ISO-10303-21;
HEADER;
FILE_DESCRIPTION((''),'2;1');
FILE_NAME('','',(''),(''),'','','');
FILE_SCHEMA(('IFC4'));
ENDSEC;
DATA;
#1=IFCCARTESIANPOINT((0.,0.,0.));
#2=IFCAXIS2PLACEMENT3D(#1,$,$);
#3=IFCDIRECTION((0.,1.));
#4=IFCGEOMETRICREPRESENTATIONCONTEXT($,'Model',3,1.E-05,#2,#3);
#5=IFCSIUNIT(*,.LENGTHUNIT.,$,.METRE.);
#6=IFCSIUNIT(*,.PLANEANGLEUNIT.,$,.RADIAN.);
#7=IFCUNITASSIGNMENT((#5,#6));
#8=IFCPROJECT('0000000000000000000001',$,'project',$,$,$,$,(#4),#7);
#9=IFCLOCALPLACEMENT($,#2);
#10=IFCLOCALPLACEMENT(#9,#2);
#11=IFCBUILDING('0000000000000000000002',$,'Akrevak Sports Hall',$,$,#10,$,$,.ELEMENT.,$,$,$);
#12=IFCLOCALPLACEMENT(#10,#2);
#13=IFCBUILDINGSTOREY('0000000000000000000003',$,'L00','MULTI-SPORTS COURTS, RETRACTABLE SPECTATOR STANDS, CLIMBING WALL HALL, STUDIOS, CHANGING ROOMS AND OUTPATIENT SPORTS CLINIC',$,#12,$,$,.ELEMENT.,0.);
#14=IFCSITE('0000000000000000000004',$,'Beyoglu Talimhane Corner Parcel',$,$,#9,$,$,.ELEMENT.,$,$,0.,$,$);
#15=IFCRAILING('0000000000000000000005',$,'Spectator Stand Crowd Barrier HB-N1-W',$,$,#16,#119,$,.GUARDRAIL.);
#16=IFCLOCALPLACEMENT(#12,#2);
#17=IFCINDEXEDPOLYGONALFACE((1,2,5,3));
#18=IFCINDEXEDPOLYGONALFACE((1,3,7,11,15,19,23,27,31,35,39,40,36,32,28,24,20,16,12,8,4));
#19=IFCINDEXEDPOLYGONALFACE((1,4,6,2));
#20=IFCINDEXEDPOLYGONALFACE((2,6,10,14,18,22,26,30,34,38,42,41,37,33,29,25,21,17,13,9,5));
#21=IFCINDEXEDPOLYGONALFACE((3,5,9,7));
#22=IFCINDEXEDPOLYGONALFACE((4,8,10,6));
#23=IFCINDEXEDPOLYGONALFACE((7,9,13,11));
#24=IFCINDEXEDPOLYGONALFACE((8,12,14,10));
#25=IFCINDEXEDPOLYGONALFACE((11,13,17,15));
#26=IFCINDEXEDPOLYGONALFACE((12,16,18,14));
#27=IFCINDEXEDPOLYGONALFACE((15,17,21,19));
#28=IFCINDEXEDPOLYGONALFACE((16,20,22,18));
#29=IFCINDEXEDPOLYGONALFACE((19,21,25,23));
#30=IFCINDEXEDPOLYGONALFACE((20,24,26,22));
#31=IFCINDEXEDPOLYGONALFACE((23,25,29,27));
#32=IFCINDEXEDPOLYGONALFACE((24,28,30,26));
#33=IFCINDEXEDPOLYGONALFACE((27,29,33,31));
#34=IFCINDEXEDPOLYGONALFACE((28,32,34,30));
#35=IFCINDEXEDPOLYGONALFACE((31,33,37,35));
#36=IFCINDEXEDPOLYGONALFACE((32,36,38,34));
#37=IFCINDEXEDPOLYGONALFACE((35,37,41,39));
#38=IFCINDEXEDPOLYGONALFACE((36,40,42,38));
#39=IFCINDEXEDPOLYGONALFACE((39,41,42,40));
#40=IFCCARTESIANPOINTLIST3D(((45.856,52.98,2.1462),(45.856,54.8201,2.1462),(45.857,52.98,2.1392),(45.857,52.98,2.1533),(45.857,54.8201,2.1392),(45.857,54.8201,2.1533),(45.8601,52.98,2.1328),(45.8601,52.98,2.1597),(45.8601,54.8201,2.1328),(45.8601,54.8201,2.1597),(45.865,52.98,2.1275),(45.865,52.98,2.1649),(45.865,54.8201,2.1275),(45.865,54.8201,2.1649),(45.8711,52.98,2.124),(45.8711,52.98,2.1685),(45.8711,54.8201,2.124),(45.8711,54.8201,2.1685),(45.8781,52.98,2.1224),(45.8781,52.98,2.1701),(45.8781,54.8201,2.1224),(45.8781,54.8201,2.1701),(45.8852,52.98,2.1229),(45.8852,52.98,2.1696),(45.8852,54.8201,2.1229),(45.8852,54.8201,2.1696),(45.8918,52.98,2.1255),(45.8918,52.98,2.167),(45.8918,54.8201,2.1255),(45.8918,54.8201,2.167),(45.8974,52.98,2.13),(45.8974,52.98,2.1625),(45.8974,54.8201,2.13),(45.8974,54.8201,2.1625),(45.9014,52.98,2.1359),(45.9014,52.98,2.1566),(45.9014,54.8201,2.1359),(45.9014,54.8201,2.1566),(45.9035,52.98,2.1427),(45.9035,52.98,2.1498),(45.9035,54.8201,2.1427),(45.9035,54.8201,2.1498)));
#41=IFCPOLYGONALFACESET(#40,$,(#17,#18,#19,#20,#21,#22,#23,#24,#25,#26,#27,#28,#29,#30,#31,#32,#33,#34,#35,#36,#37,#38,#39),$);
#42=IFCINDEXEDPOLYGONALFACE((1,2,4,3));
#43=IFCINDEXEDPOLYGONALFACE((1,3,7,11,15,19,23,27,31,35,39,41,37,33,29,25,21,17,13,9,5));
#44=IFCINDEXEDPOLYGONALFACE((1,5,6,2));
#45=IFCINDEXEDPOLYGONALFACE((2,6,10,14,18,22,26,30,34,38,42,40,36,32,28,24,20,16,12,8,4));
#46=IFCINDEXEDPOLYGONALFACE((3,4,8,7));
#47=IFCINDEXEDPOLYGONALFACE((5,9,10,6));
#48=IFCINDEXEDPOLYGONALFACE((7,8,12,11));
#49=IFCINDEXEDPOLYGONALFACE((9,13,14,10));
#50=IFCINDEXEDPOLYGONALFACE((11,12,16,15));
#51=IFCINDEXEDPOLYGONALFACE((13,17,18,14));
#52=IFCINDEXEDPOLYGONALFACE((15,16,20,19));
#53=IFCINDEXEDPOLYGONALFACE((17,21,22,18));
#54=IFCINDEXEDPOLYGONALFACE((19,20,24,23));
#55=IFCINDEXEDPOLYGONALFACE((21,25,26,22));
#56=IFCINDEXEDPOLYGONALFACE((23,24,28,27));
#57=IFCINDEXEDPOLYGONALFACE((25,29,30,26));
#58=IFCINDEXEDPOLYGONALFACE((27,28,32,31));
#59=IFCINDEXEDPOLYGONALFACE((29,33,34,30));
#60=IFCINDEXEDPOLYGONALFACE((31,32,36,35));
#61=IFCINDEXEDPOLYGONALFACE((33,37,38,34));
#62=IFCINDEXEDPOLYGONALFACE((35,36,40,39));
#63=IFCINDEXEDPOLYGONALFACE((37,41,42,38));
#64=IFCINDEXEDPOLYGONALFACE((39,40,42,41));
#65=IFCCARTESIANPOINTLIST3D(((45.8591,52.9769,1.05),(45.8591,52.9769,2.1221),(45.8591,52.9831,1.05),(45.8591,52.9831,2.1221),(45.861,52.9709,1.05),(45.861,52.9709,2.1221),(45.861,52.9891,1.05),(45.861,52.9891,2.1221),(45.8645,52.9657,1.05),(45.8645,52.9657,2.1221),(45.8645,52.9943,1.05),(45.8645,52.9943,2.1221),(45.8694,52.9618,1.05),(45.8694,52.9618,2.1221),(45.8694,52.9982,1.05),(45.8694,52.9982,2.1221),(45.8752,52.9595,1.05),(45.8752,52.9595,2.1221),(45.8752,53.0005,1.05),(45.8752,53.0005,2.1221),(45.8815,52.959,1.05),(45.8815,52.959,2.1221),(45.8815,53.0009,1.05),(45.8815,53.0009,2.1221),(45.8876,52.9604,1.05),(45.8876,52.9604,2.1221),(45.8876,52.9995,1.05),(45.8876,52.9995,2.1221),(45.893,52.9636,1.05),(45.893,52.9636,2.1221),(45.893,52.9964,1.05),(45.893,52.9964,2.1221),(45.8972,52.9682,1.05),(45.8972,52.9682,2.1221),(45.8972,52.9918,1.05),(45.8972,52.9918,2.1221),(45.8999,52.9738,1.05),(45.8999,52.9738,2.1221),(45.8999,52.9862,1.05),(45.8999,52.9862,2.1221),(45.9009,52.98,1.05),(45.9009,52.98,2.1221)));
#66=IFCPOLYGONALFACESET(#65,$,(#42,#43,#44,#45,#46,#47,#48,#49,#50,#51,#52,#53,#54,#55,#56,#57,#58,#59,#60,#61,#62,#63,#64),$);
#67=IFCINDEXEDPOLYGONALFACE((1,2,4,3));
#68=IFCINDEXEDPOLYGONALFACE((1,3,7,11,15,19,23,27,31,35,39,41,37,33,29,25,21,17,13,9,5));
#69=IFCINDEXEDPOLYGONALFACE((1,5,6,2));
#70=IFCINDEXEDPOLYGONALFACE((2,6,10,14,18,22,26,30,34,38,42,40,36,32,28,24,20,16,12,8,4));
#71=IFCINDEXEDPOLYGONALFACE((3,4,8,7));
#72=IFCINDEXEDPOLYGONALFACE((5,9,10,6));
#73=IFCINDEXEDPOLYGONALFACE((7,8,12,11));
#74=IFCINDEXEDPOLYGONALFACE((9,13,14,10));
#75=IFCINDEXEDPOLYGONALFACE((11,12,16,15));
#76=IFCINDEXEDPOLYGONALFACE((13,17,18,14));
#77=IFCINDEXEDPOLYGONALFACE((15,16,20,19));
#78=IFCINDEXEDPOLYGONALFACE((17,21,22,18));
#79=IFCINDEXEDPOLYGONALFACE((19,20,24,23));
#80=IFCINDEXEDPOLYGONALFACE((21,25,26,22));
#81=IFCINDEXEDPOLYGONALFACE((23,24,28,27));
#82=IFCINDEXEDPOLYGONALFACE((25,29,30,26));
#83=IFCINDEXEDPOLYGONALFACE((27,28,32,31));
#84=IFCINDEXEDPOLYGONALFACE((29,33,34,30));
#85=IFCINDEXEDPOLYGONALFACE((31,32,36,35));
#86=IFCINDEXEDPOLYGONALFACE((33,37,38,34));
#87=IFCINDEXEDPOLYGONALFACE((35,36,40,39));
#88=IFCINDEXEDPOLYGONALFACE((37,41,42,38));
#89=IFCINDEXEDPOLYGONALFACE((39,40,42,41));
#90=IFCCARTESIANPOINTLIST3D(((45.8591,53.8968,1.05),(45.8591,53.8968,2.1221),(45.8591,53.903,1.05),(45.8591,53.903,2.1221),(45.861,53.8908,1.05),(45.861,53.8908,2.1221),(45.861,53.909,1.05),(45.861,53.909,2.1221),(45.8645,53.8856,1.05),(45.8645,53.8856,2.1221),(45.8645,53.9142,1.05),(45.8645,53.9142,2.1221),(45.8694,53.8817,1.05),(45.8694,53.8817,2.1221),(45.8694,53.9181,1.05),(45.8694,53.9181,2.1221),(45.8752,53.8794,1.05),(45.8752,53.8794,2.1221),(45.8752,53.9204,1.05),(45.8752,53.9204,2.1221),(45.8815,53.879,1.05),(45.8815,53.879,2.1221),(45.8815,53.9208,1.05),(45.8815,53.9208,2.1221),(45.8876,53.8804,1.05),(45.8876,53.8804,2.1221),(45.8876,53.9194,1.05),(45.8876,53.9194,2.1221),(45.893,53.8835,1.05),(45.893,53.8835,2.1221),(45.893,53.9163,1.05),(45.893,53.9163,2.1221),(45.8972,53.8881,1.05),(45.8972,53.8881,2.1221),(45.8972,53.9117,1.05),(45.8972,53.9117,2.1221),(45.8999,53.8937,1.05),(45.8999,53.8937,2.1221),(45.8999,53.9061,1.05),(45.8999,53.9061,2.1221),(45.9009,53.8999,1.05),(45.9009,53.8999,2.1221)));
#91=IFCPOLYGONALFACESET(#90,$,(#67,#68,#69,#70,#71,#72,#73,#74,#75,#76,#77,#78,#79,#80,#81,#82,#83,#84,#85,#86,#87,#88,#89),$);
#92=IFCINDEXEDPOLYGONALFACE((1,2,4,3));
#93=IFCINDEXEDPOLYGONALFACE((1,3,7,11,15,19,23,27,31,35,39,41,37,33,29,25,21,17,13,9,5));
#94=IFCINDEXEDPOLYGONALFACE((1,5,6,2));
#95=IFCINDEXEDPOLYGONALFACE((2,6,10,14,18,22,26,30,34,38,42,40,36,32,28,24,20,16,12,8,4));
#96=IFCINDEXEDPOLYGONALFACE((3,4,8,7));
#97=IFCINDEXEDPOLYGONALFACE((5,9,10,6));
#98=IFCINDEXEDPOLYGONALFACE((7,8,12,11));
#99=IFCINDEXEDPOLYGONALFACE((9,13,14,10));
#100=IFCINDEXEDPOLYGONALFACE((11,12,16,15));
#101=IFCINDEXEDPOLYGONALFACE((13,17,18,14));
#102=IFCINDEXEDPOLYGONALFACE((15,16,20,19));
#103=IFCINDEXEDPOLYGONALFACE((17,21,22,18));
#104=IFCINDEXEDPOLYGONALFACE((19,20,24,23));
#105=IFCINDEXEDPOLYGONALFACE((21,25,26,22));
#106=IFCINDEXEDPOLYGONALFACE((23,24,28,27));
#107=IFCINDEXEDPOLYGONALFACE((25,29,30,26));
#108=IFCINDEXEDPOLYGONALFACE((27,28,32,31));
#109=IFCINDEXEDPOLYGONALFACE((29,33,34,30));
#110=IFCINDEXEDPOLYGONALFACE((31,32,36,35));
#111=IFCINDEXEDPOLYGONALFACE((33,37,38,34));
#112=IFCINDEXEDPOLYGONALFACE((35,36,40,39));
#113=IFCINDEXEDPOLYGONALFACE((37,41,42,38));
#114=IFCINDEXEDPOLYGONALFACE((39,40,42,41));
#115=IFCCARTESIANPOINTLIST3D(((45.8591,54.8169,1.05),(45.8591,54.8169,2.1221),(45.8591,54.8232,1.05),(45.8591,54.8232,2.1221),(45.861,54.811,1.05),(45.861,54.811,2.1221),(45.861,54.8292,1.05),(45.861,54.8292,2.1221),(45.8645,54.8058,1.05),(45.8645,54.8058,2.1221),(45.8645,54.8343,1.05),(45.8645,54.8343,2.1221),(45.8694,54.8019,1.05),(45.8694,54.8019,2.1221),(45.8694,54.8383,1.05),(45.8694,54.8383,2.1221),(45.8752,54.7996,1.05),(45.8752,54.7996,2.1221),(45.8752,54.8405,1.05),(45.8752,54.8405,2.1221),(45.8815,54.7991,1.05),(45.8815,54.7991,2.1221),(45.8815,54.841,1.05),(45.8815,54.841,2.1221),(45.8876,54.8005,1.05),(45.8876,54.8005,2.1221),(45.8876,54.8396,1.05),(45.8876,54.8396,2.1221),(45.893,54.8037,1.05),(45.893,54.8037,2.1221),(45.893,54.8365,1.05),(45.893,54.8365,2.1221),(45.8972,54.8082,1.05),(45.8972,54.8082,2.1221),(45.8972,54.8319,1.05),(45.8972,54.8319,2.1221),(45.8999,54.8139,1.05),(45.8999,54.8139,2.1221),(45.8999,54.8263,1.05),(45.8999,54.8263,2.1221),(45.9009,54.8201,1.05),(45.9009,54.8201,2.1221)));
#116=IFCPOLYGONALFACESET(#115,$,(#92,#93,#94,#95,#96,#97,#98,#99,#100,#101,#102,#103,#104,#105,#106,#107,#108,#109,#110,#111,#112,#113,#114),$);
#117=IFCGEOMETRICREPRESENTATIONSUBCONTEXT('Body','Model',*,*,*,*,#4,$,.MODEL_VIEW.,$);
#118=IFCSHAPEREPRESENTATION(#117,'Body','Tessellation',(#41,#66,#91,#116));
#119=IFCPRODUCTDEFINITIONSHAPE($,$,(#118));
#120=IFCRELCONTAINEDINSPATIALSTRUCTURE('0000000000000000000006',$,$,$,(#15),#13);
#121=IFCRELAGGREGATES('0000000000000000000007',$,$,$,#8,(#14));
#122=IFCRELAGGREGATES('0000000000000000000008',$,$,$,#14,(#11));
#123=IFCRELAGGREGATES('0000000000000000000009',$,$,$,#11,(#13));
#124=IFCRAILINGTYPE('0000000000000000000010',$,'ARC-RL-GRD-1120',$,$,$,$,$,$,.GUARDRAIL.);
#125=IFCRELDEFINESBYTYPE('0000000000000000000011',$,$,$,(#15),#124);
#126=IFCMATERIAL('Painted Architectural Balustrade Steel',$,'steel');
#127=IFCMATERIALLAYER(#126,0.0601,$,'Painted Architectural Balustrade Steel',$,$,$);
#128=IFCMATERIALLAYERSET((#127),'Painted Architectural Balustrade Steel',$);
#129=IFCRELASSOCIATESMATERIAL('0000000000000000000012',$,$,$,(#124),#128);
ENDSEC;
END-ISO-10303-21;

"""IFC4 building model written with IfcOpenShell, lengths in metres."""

from ifc_helpers import new_model, si_unit, direction, frame, origin, origin_2d, place, context, subcontext, project, spatial, circle, extrude, material, layer, layer_set, type_object, element, save


model = new_model("IFC4")

# Units and contexts
model_context = context("Model", 3, precision=1e-05, world=origin(), true_north=direction((0.0, 1.0)))
body_context = subcontext(model_context, "Body", "Model", "MODEL_VIEW")
ifc_project = project(units=[si_unit("LENGTHUNIT", "METRE"), si_unit("PLANEANGLEUNIT", "RADIAN")], contexts=[model_context])

# Site, building, storey
site_placement = place(None, origin())
site = spatial("IfcSite", under=ifc_project, at=site_placement, Name="Beyoglu Talimhane Corner Parcel", CompositionType="ELEMENT", RefElevation=0.0)
building_placement = place(site_placement, origin())
building = spatial("IfcBuilding", under=site, at=building_placement, Name="Akrevak Sports Hall", CompositionType="ELEMENT")
storey_placement = place(building_placement, origin())
storey = spatial("IfcBuildingStorey", under=building, at=storey_placement, Name="L00", Description="MULTI-SPORTS COURTS, RETRACTABLE SPECTATOR STANDS, CLIMBING WALL HALL, STUDIOS, CHANGING ROOMS AND OUTPATIENT SPORTS CLINIC", CompositionType="ELEMENT", Elevation=0.0)

# Railing
ifc_material_1 = material(Name="Painted Architectural Balustrade Steel", Category="steel")
ifc_layer_1 = layer(ifc_material_1, 0.0601, Name="Painted Architectural Balustrade Steel")
ifc_layer_set_1 = layer_set([ifc_layer_1], Name="Painted Architectural Balustrade Steel")
railing_type_1 = type_object("IfcRailingType", Name="ARC-RL-GRD-1120", PredefinedType="GUARDRAIL", material=ifc_layer_set_1)
railing_1_placement = place(storey_placement, frame((45.8799, 52.98, 1.05)))
element("IfcRailing", 1, at=railing_1_placement, inside=storey, type_object=railing_type_1, Name="Spectator Stand Crowd Barrier HB-N1-W", PredefinedType="GUARDRAIL", context=body_context, shape_type="SweptSolid", body=[
    extrude(circle(Radius=0.0239, at=origin_2d()), frame((0.0, 0.0, 1.0962), z_axis=(0.0, 1.0, 0.0), x_axis=(-1.0, 0.0, 0.0)), (0.0, 0.0, 1.0), 1.8401),
    extrude(circle(Radius=0.021, at=origin_2d()), origin(), (0.0, 0.0, 1.0), 1.072),
    extrude(circle(Radius=0.021, at=origin_2d()), frame((0.0, 0.9199, 0.0)), (0.0, 0.0, 1.0), 1.072),
    extrude(circle(Radius=0.021, at=origin_2d()), frame((0.0, 1.8401, 0.0)), (0.0, 0.0, 1.0), 1.072),
])

save(model, "model.ifc")
